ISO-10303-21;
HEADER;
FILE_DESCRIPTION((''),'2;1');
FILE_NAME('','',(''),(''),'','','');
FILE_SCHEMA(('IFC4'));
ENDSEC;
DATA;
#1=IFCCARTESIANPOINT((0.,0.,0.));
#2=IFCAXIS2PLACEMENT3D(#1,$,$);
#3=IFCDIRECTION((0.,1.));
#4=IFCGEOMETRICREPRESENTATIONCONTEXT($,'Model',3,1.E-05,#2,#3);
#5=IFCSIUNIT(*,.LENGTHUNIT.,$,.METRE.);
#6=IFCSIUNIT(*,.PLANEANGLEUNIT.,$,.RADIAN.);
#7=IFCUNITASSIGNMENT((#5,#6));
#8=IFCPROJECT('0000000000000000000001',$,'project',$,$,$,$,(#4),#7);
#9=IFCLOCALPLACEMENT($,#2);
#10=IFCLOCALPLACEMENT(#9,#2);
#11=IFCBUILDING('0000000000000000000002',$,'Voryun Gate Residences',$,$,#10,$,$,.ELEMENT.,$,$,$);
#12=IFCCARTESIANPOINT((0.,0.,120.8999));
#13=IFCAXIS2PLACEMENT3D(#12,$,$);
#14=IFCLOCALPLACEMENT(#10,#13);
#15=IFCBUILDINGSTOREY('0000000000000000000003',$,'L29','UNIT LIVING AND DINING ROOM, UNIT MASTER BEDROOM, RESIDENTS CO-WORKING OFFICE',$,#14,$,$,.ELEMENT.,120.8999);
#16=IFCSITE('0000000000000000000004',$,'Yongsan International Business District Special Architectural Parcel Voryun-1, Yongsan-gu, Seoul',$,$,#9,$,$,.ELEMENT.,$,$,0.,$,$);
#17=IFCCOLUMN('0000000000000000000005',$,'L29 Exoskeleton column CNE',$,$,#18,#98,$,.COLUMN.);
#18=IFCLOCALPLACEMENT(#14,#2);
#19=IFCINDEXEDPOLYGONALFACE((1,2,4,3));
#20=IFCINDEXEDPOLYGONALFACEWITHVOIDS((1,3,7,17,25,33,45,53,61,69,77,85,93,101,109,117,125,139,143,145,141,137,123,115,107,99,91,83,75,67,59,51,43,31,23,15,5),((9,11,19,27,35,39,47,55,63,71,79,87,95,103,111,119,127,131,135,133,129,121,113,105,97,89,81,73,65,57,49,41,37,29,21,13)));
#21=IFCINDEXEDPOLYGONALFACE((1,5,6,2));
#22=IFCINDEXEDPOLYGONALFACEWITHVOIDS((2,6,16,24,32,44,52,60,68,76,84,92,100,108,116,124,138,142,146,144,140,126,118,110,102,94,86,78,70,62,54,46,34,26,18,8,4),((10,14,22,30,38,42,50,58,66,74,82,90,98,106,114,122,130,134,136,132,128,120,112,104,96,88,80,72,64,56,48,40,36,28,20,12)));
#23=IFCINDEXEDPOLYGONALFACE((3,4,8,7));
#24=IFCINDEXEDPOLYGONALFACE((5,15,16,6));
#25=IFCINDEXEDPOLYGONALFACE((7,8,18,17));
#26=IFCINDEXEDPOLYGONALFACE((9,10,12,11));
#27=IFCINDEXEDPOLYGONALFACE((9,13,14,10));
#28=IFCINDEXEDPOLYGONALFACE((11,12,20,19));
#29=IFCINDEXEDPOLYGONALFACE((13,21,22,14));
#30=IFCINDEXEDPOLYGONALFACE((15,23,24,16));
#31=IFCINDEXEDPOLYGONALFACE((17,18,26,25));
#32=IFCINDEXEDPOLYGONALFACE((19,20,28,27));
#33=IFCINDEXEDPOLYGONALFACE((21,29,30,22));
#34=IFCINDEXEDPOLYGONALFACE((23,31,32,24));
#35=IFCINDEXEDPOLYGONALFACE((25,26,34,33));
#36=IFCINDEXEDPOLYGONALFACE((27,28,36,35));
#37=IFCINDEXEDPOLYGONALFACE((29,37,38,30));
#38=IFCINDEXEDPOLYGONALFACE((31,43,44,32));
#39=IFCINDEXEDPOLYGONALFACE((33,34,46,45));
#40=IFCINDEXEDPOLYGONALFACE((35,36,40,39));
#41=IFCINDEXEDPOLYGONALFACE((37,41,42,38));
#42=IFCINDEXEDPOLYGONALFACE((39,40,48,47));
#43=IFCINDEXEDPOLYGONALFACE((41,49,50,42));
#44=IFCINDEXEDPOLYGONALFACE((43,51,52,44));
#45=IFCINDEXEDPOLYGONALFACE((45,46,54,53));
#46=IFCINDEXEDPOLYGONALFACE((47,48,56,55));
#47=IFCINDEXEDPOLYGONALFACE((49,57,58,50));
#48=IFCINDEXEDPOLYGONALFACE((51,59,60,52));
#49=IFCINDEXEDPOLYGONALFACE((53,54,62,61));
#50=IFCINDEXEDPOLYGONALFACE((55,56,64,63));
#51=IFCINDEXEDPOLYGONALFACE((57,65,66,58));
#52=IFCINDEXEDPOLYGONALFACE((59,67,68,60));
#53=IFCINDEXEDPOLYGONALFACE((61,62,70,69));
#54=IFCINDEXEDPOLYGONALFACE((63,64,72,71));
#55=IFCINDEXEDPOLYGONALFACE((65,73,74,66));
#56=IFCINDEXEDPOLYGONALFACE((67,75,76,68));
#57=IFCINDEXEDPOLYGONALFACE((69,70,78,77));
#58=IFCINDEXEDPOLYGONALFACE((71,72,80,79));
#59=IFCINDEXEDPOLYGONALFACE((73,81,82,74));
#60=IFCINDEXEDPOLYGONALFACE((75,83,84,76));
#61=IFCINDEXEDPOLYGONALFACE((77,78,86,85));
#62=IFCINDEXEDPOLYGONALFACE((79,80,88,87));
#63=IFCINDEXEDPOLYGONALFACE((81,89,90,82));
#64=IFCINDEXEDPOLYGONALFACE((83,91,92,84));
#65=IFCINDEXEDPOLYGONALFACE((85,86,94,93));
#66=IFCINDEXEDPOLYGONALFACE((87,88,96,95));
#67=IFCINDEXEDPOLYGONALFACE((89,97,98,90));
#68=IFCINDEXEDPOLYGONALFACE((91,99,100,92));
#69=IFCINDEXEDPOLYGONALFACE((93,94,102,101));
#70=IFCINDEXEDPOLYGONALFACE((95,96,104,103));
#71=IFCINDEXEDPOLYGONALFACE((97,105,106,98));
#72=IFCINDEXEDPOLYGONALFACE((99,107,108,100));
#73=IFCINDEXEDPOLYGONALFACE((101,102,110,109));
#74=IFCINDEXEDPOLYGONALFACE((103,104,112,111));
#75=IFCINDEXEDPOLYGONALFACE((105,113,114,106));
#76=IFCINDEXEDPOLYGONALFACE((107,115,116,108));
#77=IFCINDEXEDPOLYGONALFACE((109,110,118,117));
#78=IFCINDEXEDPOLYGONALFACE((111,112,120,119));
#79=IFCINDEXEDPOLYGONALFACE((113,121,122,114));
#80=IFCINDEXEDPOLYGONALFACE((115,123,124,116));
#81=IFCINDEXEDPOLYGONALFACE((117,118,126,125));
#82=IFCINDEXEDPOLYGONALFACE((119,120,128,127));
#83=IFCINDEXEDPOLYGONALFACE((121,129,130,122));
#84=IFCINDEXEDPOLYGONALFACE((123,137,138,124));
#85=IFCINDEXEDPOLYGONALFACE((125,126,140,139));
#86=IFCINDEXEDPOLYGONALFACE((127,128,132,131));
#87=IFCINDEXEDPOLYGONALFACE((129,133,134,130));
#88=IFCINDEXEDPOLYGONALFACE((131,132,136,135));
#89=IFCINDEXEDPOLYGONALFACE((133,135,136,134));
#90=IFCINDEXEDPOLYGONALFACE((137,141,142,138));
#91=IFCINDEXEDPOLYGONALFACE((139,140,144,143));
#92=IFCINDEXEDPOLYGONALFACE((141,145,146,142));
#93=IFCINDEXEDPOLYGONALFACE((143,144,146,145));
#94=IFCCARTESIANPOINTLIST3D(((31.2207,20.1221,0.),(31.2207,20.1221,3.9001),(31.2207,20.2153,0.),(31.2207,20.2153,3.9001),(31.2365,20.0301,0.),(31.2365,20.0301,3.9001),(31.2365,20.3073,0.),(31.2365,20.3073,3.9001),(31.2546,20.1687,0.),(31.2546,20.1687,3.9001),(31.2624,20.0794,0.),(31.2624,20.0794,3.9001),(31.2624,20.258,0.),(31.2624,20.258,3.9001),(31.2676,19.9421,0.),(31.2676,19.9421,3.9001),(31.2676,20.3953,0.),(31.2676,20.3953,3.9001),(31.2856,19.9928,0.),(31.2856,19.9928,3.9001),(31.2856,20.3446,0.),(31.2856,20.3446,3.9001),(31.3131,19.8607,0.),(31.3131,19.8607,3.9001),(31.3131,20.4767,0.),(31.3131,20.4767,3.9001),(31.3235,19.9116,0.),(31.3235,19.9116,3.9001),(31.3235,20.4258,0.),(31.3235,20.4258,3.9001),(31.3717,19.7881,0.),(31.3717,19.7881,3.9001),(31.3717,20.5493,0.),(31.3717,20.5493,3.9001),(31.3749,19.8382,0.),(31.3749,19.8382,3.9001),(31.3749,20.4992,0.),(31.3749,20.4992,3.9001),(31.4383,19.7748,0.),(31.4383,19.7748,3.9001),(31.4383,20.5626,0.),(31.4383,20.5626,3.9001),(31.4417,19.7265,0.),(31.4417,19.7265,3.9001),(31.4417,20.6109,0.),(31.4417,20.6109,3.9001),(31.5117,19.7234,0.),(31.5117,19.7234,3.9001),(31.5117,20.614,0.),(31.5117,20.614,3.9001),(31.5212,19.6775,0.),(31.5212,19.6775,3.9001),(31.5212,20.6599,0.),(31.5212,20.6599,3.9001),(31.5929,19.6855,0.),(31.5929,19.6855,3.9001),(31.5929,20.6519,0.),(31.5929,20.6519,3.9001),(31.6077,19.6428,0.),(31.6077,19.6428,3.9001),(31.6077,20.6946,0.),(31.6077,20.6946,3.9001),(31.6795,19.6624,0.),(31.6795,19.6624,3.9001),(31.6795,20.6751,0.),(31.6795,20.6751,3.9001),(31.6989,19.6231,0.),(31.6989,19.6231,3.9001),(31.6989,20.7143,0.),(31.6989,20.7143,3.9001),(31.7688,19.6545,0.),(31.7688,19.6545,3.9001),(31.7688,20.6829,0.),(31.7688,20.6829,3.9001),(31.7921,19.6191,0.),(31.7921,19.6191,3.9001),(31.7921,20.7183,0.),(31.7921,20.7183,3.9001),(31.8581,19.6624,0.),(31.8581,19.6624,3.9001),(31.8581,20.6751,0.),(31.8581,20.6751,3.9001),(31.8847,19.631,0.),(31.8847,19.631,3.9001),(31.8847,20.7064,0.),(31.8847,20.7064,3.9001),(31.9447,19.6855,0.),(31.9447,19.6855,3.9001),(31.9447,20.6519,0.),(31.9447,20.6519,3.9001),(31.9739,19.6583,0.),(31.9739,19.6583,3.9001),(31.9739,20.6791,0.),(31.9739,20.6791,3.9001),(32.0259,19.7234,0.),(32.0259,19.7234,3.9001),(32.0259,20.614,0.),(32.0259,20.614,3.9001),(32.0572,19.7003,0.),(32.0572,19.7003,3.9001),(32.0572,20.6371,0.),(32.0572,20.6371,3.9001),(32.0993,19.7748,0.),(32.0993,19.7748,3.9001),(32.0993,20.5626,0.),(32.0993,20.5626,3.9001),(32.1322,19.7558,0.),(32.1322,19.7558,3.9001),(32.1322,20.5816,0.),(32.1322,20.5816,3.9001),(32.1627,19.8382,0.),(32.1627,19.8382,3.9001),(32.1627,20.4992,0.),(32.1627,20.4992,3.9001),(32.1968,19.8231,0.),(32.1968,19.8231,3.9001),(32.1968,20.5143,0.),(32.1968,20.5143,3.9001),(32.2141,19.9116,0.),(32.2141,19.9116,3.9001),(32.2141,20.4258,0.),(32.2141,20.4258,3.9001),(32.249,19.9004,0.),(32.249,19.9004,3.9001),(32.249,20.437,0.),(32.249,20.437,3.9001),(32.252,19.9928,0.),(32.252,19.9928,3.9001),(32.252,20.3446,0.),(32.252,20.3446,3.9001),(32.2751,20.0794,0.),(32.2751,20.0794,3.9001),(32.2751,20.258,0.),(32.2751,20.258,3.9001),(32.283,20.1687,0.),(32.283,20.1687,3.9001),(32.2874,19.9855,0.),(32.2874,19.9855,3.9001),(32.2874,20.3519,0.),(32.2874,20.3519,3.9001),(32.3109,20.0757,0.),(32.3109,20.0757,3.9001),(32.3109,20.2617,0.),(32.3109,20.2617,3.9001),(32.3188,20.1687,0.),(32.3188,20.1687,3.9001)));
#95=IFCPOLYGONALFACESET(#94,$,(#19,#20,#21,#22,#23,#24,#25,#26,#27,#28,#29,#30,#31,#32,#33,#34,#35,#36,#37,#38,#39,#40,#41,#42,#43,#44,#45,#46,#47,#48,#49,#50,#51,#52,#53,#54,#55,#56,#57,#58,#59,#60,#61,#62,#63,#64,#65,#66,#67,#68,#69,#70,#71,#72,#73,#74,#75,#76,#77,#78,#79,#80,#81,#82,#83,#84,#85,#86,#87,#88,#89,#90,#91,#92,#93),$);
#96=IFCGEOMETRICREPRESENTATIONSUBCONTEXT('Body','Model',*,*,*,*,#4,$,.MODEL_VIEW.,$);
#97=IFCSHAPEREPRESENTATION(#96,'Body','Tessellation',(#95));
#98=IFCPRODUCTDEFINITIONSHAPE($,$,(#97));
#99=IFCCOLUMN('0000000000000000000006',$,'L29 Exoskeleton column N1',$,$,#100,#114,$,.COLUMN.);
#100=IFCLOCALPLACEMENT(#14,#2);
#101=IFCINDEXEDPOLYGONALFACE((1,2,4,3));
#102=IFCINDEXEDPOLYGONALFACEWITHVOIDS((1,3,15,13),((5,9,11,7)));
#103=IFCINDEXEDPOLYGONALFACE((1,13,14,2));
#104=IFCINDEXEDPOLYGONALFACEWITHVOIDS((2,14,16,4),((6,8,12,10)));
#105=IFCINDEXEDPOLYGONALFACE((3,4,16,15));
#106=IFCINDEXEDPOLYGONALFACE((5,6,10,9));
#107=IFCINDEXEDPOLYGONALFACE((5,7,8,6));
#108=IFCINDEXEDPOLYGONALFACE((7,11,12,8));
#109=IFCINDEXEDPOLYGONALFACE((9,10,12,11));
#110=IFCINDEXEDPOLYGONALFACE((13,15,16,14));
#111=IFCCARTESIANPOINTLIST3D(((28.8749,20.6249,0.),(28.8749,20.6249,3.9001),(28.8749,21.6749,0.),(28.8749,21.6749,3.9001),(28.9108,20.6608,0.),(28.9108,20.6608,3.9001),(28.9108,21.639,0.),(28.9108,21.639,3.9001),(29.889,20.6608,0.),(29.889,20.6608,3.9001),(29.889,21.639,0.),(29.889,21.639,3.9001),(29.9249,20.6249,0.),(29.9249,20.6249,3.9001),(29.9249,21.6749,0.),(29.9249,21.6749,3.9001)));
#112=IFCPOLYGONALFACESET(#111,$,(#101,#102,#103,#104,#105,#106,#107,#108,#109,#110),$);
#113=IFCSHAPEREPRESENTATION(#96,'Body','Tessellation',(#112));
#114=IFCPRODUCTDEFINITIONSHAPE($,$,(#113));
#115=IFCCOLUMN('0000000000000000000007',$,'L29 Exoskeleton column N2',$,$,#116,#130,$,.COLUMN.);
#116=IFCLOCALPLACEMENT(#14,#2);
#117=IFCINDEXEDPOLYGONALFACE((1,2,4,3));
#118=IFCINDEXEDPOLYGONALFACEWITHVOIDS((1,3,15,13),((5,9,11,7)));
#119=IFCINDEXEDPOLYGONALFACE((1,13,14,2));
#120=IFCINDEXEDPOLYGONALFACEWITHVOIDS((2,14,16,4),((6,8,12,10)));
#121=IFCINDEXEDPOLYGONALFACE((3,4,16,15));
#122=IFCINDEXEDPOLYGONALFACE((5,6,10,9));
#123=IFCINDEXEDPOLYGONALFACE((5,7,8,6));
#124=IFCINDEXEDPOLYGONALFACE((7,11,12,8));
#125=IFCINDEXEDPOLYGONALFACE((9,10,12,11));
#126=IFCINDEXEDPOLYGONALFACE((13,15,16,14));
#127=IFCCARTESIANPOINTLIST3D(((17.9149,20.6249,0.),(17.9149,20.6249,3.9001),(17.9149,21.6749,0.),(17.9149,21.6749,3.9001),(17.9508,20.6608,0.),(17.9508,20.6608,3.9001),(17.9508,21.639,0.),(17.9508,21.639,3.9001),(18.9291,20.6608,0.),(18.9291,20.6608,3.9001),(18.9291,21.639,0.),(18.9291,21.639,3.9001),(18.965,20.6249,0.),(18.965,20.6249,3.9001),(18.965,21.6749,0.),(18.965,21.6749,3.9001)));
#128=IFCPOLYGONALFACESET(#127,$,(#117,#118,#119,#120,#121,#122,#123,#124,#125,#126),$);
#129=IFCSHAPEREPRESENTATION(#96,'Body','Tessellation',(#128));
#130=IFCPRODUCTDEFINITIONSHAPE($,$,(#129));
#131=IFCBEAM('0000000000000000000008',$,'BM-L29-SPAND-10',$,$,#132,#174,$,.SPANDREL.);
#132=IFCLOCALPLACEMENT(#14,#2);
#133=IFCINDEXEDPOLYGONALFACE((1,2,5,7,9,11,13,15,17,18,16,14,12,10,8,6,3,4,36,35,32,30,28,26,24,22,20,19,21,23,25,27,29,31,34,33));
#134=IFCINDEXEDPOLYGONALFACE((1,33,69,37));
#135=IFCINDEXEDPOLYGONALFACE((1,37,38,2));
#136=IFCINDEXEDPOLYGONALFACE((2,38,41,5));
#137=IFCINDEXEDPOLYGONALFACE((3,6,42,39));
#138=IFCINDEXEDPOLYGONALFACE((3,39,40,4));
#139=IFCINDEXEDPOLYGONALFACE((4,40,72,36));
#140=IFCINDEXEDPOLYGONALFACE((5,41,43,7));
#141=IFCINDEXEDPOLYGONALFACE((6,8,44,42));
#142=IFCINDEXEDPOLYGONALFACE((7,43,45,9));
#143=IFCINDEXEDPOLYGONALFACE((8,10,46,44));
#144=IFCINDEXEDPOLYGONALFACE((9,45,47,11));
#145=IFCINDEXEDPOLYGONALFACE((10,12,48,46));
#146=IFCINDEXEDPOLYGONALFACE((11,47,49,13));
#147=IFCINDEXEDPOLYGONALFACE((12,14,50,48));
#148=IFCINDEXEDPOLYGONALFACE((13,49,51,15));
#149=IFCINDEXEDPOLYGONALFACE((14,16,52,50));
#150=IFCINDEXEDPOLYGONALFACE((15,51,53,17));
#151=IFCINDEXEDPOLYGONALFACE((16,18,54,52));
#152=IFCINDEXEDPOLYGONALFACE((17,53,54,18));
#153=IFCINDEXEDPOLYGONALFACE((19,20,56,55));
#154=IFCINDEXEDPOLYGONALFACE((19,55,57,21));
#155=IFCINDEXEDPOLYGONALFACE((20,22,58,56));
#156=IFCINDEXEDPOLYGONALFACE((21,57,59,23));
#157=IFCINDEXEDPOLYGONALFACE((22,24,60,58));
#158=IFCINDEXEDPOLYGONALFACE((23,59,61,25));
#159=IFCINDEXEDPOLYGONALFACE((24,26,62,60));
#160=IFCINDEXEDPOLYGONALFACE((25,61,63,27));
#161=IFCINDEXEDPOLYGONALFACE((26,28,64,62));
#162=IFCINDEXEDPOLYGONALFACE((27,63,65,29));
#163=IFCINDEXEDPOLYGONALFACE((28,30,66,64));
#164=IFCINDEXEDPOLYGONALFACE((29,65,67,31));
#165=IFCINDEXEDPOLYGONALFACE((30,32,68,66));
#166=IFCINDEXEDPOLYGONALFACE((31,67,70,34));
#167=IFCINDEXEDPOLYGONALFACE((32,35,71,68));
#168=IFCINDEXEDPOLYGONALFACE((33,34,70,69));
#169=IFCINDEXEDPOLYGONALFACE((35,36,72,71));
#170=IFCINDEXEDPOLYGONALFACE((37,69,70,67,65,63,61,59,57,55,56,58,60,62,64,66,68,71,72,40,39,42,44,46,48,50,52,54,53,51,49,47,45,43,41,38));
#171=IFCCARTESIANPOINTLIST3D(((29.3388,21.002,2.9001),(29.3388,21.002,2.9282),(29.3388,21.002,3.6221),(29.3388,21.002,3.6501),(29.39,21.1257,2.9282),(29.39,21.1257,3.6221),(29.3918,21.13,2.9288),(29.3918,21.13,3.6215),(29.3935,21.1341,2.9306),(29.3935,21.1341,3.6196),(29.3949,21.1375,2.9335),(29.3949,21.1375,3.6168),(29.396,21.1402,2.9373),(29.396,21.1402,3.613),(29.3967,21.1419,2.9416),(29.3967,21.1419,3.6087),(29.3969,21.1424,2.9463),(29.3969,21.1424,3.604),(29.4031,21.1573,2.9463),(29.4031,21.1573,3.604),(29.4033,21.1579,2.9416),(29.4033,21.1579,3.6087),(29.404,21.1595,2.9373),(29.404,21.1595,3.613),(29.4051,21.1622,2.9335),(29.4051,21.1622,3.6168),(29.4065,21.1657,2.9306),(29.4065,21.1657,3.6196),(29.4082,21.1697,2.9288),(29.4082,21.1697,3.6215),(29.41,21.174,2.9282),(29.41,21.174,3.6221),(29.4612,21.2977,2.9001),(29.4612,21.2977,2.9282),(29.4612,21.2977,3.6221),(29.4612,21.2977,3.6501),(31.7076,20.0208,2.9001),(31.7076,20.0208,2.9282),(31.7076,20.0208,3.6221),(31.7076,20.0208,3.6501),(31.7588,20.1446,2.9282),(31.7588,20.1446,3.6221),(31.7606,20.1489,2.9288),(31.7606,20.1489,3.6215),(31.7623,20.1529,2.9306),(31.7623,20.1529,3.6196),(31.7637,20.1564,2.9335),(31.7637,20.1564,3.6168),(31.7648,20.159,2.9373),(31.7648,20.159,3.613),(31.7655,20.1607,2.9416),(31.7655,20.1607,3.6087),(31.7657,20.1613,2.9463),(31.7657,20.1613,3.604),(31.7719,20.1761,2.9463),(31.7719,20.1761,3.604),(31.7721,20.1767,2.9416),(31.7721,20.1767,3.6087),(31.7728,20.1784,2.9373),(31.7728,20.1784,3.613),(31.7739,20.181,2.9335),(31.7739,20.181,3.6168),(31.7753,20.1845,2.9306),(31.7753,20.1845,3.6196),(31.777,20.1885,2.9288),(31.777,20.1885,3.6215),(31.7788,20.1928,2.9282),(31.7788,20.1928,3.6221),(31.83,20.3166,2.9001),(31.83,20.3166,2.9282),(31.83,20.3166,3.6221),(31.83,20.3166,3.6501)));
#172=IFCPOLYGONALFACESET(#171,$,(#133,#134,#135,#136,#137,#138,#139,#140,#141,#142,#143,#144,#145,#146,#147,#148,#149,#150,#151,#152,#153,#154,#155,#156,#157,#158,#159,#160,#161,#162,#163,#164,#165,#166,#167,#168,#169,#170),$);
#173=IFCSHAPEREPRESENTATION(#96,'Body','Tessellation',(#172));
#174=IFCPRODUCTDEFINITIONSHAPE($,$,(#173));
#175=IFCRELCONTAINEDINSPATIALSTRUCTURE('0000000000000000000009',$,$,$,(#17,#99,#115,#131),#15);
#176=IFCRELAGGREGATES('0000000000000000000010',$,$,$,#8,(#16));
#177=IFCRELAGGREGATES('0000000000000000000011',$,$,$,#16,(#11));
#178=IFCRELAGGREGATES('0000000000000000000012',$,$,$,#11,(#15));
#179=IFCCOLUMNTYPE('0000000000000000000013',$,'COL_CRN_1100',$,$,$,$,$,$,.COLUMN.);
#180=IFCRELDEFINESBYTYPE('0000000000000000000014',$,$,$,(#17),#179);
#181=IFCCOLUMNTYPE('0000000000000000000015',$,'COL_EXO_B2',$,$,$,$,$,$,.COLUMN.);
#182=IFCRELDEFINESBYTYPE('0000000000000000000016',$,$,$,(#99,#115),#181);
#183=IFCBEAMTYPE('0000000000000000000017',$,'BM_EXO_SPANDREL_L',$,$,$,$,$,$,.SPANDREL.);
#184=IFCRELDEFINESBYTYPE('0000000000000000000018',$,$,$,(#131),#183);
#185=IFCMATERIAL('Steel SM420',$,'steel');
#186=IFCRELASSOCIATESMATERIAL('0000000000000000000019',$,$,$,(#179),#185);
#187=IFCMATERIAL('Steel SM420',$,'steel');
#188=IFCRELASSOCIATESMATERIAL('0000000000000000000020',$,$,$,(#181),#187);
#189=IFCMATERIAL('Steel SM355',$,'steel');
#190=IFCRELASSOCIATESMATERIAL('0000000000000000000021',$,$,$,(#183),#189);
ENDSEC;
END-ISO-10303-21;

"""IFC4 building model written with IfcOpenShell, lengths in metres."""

from ifc_helpers import new_model, si_unit, direction, frame, origin, origin_2d, place, context, subcontext, project, spatial, hollow_rectangle, hollow_circle, i_section, extrude, material, material_profile, profile_set, type_object, element, save


model = new_model("IFC4")

# Units and contexts
model_context = context("Model", 3, precision=1e-05, world=origin(), true_north=direction((0.0, 1.0)))
body_context = subcontext(model_context, "Body", "Model", "MODEL_VIEW")
ifc_project = project(units=[si_unit("LENGTHUNIT", "METRE"), si_unit("PLANEANGLEUNIT", "RADIAN")], contexts=[model_context])

# Site, building, storey
site_placement = place(None, origin())
site = spatial("IfcSite", under=ifc_project, at=site_placement, Name="Yongsan International Business District Special Architectural Parcel Voryun-1, Yongsan-gu, Seoul", CompositionType="ELEMENT", RefElevation=0.0)
building_placement = place(site_placement, origin())
building = spatial("IfcBuilding", under=site, at=building_placement, Name="Voryun Gate Residences", CompositionType="ELEMENT")
storey_placement = place(building_placement, frame((0.0, 0.0, 120.8999)))
storey = spatial("IfcBuildingStorey", under=building, at=storey_placement, Name="L29", Description="UNIT LIVING AND DINING ROOM, UNIT MASTER BEDROOM, RESIDENTS CO-WORKING OFFICE", CompositionType="ELEMENT", Elevation=120.8999)

# Columns
ifc_material_1 = material(Name="Steel SM420", Category="steel")
ifc_material_profile_1 = material_profile(ifc_material_1, hollow_circle(Radius=0.55, WallThickness=0.0359, at=origin_2d()), Name="CHS-1100x36")
ifc_profile_set_1 = profile_set([ifc_material_profile_1], Name="Steel SM420")
column_type_1 = type_object("IfcColumnType", Name="COL_CRN_1100", PredefinedType="COLUMN", material=ifc_profile_set_1)
column_placement = place(storey_placement, frame((31.7688, 20.1687, 0.0), z_axis=(0.0, 0.0, 1.0), x_axis=(1.0, 0.0, 0.0)))
element("IfcColumn", 1, at=column_placement, inside=storey, type_object=column_type_1, Name="L29 Exoskeleton column CNE", PredefinedType="COLUMN", context=body_context, shape_type="SweptSolid", body=[
    extrude(hollow_circle(Radius=0.55, WallThickness=0.0359, at=origin_2d()), origin(), (0.0, 0.0, 1.0), 3.9001),
])
ifc_material_2 = material(Name="Steel SM420", Category="steel")
ifc_material_profile_2 = material_profile(ifc_material_2, hollow_rectangle(XDim=1.05, YDim=1.05, WallThickness=0.0359, at=origin_2d()), Name="BOX-1050x1050x36")
ifc_profile_set_2 = profile_set([ifc_material_profile_2], Name="Steel SM420")
column_type_2 = type_object("IfcColumnType", Name="COL_EXO_B2", PredefinedType="COLUMN", material=ifc_profile_set_2)
for number, where, z_axis, x_axis, name in (
    (2, (29.3999, 21.1499, 0.0), (0.0, 0.0, 1.0), (1.0, 0.0, 0.0), "L29 Exoskeleton column N1"),
    (3, (18.4399, 21.1499, 0.0), (0.0, 0.0, 1.0), (1.0, 0.0, 0.0), "L29 Exoskeleton column N2"),
):
    element("IfcColumn", number, at=place(storey_placement, frame(where, z_axis=z_axis, x_axis=x_axis)), inside=storey, type_object=column_type_2, Name=name, PredefinedType="COLUMN", context=body_context, shape_type="SweptSolid", body=[
        extrude(hollow_rectangle(XDim=1.05, YDim=1.05, WallThickness=0.0359, at=origin_2d()), origin(), (0.0, 0.0, 1.0), 3.9001),
    ])

# Beam
ifc_material_3 = material(Name="Steel SM355", Category="steel")
ifc_material_profile_3 = material_profile(ifc_material_3, i_section(OverallWidth=0.3201, OverallDepth=0.75, WebThickness=0.0161, FlangeThickness=0.0281, FilletRadius=0.0181, at=origin_2d()), Name="H-750x320x16x28")
ifc_profile_set_3 = profile_set([ifc_material_profile_3], Name="Steel SM355")
beam_type = type_object("IfcBeamType", Name="BM_EXO_SPANDREL_L", PredefinedType="SPANDREL", material=ifc_profile_set_3)
beam_placement = place(storey_placement, frame((31.7688, 20.1687, 3.2751), z_axis=(-0.923883, 0.382674, 0.0), x_axis=(-0.382674, -0.923883, 0.0)))
element("IfcBeam", 4, at=beam_placement, inside=storey, type_object=beam_type, Name="BM-L29-SPAND-10", PredefinedType="SPANDREL", context=body_context, shape_type="SweptSolid", body=[
    extrude(i_section(OverallWidth=0.3201, OverallDepth=0.75, WebThickness=0.0161, FlangeThickness=0.0281, FilletRadius=0.0181, at=origin_2d()), origin(), (0.0, 0.0, 1.0), 2.564),
])

save(model, "model.ifc")
